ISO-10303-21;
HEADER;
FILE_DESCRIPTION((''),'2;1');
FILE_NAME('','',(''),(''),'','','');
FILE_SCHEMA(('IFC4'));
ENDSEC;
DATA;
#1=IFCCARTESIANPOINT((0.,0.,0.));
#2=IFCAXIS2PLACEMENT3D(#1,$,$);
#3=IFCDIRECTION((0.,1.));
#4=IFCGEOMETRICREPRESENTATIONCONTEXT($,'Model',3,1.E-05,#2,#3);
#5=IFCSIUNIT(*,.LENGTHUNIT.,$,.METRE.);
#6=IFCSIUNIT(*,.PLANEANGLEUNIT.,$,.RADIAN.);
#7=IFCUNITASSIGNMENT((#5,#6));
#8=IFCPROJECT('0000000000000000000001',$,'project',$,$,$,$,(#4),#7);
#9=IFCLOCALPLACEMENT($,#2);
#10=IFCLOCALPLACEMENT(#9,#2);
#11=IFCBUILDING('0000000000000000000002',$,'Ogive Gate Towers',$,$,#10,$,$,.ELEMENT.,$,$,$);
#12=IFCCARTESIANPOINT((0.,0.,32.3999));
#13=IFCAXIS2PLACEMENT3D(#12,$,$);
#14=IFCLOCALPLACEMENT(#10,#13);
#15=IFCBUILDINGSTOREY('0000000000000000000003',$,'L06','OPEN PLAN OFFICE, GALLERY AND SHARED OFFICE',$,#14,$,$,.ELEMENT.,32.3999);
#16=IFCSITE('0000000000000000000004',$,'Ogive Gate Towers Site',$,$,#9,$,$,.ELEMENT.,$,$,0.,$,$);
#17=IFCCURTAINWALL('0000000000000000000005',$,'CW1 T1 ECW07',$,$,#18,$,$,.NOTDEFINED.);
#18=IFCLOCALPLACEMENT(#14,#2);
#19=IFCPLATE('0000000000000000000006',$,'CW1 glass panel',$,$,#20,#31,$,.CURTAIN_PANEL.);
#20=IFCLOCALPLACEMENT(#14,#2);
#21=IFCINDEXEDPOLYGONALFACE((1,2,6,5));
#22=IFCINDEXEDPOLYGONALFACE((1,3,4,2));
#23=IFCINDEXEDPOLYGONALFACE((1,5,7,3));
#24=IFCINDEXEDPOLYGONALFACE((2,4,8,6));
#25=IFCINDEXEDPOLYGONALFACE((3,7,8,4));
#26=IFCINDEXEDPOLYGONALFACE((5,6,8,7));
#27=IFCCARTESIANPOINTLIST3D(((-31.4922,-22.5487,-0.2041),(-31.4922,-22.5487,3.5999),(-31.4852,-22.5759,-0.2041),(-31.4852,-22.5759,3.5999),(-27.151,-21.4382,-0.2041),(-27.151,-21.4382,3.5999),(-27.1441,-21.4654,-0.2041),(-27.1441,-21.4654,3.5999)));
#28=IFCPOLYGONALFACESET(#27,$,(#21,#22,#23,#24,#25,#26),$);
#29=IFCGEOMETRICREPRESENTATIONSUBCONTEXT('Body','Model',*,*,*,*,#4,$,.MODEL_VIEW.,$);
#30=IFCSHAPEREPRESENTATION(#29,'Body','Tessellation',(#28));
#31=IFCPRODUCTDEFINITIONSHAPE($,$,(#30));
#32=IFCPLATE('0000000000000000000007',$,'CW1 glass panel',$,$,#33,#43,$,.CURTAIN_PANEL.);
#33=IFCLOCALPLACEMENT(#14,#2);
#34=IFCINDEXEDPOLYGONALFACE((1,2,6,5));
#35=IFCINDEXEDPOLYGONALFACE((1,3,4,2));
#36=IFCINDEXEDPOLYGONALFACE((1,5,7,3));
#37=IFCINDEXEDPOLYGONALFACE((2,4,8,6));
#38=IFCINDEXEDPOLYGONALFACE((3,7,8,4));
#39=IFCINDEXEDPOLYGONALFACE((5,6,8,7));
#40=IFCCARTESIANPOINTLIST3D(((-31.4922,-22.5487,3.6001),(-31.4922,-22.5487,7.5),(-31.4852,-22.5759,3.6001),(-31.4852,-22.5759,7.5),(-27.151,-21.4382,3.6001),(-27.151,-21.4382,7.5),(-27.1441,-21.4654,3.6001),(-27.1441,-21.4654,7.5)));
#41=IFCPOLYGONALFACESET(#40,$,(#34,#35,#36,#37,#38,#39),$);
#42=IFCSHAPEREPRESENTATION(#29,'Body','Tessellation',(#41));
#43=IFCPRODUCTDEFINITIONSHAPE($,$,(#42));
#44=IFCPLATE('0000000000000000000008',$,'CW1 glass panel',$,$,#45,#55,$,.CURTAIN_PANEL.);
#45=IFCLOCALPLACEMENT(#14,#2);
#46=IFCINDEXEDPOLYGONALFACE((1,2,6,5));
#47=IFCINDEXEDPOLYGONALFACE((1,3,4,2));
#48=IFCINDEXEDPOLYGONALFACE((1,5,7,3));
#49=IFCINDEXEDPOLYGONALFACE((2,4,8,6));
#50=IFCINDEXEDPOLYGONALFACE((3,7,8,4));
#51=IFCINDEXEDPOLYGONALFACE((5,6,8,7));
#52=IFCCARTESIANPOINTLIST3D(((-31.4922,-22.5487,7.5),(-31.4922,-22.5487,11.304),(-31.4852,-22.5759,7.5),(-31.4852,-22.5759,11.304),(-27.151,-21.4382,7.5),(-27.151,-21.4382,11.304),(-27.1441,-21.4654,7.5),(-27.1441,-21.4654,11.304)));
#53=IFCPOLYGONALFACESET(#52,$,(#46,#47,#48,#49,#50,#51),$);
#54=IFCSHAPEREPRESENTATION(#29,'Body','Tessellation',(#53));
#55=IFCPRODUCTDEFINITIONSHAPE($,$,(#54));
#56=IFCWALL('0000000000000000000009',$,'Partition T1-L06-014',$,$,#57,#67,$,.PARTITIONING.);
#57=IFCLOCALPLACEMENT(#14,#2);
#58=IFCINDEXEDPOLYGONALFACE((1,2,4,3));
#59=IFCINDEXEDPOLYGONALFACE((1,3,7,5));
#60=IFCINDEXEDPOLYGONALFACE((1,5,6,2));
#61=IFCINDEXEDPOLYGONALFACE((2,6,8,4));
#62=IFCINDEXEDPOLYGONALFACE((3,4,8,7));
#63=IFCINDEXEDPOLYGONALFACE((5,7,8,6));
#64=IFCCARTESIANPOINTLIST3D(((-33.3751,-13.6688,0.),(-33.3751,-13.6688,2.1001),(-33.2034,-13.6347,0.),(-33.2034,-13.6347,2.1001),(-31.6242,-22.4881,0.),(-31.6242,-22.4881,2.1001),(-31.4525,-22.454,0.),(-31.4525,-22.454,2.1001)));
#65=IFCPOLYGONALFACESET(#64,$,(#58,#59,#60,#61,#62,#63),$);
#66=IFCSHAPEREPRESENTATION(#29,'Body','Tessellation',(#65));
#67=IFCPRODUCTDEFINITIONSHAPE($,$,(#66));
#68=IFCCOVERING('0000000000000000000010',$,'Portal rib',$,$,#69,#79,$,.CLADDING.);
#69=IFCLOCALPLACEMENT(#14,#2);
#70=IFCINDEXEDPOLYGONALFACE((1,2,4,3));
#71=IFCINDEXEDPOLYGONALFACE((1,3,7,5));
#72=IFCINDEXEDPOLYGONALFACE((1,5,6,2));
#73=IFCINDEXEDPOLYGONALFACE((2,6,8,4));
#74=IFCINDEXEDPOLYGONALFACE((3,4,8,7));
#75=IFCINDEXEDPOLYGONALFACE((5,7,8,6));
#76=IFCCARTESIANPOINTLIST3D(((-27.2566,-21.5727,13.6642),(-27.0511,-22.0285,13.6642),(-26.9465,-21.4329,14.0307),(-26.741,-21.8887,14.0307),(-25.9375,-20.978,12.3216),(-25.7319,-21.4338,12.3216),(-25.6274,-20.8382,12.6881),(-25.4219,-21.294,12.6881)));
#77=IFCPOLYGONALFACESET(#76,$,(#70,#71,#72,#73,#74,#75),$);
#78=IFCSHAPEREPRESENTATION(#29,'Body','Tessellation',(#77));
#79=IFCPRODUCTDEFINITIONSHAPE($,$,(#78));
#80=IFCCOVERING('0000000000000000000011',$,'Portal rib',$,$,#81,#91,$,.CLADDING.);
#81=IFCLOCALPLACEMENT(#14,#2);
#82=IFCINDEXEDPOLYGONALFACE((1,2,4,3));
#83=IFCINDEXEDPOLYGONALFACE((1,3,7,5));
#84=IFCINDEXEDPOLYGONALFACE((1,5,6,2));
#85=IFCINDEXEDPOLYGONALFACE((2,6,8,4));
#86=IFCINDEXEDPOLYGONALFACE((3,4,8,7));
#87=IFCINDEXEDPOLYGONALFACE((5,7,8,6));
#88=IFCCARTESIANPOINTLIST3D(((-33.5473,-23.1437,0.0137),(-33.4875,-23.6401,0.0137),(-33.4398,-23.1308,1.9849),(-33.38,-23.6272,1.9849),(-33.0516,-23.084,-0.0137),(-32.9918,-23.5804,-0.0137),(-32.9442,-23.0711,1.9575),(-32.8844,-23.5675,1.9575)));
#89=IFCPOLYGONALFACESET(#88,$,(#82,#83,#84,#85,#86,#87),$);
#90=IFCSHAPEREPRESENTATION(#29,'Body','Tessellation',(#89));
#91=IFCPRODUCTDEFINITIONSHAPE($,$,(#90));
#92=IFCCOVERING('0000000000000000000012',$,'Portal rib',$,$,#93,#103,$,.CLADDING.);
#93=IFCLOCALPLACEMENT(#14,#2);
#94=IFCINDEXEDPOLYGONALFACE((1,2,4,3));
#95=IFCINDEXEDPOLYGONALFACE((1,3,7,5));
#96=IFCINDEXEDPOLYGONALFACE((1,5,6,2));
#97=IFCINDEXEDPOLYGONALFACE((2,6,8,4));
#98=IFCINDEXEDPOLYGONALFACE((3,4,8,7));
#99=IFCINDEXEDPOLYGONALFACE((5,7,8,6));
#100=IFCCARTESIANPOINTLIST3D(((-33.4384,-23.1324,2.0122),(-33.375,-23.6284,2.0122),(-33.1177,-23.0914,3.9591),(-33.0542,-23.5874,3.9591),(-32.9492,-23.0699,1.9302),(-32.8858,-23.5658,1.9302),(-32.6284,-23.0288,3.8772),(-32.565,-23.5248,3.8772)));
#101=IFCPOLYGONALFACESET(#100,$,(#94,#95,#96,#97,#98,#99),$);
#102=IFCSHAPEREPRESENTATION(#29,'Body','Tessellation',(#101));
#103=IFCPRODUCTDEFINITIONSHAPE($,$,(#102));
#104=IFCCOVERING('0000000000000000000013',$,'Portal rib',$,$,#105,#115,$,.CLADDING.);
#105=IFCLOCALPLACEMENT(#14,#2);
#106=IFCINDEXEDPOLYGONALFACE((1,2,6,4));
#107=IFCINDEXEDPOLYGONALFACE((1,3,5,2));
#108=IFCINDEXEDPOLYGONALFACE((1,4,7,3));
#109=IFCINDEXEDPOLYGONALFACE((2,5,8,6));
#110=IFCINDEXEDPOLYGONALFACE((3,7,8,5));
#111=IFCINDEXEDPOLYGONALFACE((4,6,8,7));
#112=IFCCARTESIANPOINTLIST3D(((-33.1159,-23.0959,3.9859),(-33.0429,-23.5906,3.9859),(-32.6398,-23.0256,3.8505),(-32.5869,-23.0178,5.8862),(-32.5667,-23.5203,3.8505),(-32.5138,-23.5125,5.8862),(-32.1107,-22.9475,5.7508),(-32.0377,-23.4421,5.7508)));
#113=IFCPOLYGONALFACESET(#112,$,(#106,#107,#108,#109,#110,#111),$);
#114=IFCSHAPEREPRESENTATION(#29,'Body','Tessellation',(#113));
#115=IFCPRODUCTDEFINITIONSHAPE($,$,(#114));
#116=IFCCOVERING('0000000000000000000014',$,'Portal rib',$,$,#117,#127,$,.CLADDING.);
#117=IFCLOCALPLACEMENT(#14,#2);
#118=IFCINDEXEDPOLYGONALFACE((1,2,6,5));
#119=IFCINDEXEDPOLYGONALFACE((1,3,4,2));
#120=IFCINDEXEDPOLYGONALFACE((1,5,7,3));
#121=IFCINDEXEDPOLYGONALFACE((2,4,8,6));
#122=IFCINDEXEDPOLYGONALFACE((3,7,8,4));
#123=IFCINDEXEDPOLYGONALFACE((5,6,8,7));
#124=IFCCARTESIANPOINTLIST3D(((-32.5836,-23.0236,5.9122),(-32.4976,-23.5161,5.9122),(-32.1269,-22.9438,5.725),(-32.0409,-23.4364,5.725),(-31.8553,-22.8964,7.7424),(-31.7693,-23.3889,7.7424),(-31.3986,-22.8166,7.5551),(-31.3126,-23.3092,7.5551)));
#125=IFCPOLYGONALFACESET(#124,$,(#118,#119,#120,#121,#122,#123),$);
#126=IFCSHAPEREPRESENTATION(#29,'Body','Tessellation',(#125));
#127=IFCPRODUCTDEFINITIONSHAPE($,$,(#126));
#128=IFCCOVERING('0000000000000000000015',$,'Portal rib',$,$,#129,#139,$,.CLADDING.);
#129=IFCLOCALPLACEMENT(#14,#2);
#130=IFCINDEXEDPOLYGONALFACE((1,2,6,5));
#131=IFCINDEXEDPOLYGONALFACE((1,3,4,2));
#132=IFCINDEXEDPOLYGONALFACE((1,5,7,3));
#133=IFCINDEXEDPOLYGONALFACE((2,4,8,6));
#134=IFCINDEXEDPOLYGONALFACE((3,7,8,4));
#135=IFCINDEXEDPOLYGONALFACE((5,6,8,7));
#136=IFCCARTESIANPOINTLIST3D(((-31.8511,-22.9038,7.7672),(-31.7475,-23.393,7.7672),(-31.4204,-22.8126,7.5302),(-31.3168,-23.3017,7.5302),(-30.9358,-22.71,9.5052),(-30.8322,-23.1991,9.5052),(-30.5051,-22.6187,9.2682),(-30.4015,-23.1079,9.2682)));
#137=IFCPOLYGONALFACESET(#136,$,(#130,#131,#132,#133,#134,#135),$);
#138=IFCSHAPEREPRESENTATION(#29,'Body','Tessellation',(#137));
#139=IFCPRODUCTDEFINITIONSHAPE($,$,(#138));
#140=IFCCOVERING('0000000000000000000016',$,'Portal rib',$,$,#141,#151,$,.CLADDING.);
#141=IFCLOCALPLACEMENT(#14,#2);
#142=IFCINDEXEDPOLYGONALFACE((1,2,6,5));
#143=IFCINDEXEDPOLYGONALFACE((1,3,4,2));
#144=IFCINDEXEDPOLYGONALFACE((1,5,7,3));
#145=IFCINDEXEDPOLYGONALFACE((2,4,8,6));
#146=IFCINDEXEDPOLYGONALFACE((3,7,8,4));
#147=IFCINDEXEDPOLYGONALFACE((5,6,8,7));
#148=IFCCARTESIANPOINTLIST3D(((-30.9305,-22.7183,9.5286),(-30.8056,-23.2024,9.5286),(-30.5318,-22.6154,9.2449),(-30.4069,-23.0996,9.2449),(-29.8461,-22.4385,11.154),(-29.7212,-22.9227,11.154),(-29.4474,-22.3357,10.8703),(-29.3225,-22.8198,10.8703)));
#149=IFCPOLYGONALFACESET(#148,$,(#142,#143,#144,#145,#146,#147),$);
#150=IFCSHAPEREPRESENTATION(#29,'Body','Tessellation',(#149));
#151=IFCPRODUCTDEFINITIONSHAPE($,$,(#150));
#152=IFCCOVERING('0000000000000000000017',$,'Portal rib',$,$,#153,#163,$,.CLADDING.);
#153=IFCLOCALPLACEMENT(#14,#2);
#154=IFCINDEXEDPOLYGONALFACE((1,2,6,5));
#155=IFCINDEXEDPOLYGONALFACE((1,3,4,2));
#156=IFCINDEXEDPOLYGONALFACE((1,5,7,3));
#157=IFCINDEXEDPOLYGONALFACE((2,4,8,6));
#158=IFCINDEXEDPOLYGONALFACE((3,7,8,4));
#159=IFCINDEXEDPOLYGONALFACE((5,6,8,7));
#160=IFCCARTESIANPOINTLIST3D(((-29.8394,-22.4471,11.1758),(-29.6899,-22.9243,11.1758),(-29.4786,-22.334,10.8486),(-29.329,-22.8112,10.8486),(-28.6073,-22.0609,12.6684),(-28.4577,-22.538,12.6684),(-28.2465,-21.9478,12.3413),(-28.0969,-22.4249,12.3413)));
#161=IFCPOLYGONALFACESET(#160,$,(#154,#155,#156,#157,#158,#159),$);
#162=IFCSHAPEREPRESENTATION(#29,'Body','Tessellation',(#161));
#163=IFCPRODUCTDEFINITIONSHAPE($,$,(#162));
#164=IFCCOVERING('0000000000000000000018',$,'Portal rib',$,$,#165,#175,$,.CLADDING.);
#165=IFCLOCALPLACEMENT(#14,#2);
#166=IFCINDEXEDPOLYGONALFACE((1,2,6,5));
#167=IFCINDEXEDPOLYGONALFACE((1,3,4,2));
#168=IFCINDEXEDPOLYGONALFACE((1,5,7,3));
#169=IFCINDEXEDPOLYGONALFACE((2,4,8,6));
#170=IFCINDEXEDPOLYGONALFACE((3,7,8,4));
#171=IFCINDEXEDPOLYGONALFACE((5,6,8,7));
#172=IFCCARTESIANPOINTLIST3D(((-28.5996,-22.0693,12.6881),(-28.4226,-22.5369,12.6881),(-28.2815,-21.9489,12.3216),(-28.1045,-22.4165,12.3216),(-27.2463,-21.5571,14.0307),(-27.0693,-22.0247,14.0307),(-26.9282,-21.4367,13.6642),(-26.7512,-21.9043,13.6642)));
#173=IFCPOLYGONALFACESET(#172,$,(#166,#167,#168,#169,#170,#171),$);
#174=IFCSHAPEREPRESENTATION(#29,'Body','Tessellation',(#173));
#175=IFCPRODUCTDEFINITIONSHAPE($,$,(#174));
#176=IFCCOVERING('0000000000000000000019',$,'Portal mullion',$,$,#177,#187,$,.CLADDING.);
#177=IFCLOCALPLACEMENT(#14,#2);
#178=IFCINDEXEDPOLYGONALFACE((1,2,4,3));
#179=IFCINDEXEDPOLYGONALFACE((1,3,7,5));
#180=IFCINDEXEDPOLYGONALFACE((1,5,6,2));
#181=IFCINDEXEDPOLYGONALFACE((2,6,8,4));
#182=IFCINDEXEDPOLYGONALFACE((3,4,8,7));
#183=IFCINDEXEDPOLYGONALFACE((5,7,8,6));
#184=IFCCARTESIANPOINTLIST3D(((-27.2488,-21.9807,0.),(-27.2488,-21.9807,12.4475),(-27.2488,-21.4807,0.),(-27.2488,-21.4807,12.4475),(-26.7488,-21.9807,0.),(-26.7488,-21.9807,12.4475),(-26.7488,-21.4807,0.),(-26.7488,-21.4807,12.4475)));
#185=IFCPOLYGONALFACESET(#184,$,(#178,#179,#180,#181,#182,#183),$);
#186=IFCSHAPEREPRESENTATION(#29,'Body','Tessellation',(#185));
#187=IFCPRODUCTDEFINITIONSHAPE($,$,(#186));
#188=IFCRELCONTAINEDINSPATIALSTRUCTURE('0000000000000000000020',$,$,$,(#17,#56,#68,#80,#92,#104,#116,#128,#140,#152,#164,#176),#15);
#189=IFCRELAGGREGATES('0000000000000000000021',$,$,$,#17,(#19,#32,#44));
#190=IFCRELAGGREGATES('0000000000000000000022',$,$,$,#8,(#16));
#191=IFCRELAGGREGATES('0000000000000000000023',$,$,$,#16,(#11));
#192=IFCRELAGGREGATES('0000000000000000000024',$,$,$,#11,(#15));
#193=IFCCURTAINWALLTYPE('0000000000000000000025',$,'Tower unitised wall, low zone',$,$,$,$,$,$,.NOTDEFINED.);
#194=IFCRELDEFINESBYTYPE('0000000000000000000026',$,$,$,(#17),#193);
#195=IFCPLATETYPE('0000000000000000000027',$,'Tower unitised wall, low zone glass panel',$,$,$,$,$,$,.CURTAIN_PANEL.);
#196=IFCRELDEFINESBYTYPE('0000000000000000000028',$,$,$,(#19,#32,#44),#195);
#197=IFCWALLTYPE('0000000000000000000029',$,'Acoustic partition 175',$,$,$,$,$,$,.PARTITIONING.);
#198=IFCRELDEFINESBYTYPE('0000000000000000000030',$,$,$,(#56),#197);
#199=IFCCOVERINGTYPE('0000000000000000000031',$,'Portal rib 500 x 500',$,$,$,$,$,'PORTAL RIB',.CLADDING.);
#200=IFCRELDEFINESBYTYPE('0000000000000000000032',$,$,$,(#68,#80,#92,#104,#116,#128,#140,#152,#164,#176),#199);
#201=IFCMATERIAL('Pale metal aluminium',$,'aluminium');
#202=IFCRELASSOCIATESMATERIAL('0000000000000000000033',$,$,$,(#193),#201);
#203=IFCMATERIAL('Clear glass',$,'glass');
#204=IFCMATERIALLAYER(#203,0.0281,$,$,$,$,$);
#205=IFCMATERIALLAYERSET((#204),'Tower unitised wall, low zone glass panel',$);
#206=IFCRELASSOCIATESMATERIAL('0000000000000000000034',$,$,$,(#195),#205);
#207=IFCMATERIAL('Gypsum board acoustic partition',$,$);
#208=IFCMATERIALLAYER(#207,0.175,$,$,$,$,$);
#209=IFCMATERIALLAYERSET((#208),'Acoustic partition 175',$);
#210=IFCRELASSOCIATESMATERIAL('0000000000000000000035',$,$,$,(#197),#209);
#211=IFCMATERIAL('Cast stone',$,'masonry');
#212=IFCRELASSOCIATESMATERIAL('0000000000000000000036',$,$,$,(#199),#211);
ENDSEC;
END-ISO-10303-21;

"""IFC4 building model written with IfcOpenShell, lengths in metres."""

from ifc_helpers import new_model, si_unit, direction, frame, frame_2d, origin, origin_2d, place, context, subcontext, project, spatial, rectangle, extrude, material, layer, layer_set, material_profile, profile_set, type_object, element, aggregate, save


model = new_model("IFC4")

# Units and contexts
model_context = context("Model", 3, precision=1e-05, world=origin(), true_north=direction((0.0, 1.0)))
body_context = subcontext(model_context, "Body", "Model", "MODEL_VIEW")
ifc_project = project(units=[si_unit("LENGTHUNIT", "METRE"), si_unit("PLANEANGLEUNIT", "RADIAN")], contexts=[model_context])

# Site, building, storey
site_placement = place(None, origin())
site = spatial("IfcSite", under=ifc_project, at=site_placement, Name="Ogive Gate Towers Site", CompositionType="ELEMENT", RefElevation=0.0)
building_placement = place(site_placement, origin())
building = spatial("IfcBuilding", under=site, at=building_placement, Name="Ogive Gate Towers", CompositionType="ELEMENT")
storey_placement = place(building_placement, frame((0.0, 0.0, 32.3999)))
storey = spatial("IfcBuildingStorey", under=building, at=storey_placement, Name="L06", Description="OPEN PLAN OFFICE, GALLERY AND SHARED OFFICE", CompositionType="ELEMENT", Elevation=32.3999)

# Curtain wall, plates
ifc_material_1 = material(Name="Pale metal aluminium", Category="aluminium")
curtain_wall_type = type_object("IfcCurtainWallType", Name="Tower unitised wall, low zone", PredefinedType="NOTDEFINED", material=ifc_material_1)
curtain_wall_placement = place(storey_placement, origin())
curtain_wall = element("IfcCurtainWall", 1, at=curtain_wall_placement, inside=storey, type_object=curtain_wall_type, Name="CW1 T1 ECW07", PredefinedType="NOTDEFINED")
ifc_material_2 = material(Name="Clear glass", Category="glass")
ifc_layer_1 = layer(ifc_material_2, 0.0281)
ifc_layer_set_1 = layer_set([ifc_layer_1], Name="Tower unitised wall, low zone glass panel")
plate_type = type_object("IfcPlateType", Name="Tower unitised wall, low zone glass panel", PredefinedType="CURTAIN_PANEL", material=ifc_layer_set_1)
plate_1_placement = place(storey_placement, frame((-29.3181, -22.0071, -0.2041), z_axis=(0.0, 0.0, 1.0), x_axis=(0.968804, 0.247828, 0.0)))
plate_1 = element("IfcPlate", 2, at=plate_1_placement, type_object=plate_type, Name="CW1 glass panel", PredefinedType="CURTAIN_PANEL", context=body_context, shape_type="SweptSolid", body=[
    extrude(rectangle(XDim=4.481, YDim=0.0281, at=origin_2d()), origin(), (0.0, 0.0, 1.0), 3.804),
])
plate_2_placement = place(storey_placement, frame((-29.3181, -22.0071, 3.6001), z_axis=(0.0, 0.0, 1.0), x_axis=(0.968804, 0.247828, 0.0)))
plate_2 = element("IfcPlate", 3, at=plate_2_placement, type_object=plate_type, Name="CW1 glass panel", PredefinedType="CURTAIN_PANEL", context=body_context, shape_type="SweptSolid", body=[
    extrude(rectangle(XDim=4.481, YDim=0.0281, at=origin_2d()), origin(), (0.0, 0.0, 1.0), 3.8999),
])
plate_3_placement = place(storey_placement, frame((-29.3181, -22.0071, 7.5), z_axis=(0.0, 0.0, 1.0), x_axis=(0.968804, 0.247828, 0.0)))
plate_3 = element("IfcPlate", 4, at=plate_3_placement, type_object=plate_type, Name="CW1 glass panel", PredefinedType="CURTAIN_PANEL", context=body_context, shape_type="SweptSolid", body=[
    extrude(rectangle(XDim=4.481, YDim=0.0281, at=origin_2d()), origin(), (0.0, 0.0, 1.0), 3.804),
])
aggregate(curtain_wall, [plate_1, plate_2, plate_3])

# Wall
ifc_material_3 = material(Name="Gypsum board acoustic partition")
ifc_layer_2 = layer(ifc_material_3, 0.175)
ifc_layer_set_2 = layer_set([ifc_layer_2], Name="Acoustic partition 175")
wall_type = type_object("IfcWallType", Name="Acoustic partition 175", PredefinedType="PARTITIONING", material=ifc_layer_set_2)
wall_placement = place(storey_placement, frame((-31.5383, -22.4709, 0.0), z_axis=(0.0, 0.0, 1.0), x_axis=(-0.194737, 0.980855, 0.0)))
element("IfcWall", 5, at=wall_placement, inside=storey, type_object=wall_type, Name="Partition T1-L06-014", PredefinedType="PARTITIONING", context=body_context, shape_type="SweptSolid", body=[
    extrude(rectangle(XDim=8.9915, YDim=0.175, at=frame_2d((4.4956, 0.0))), origin(), (0.0, 0.0, 1.0), 2.1001),
])

# Coverings
ifc_material_4 = material(Name="Cast stone", Category="masonry")
ifc_material_profile_1 = material_profile(ifc_material_4, rectangle(XDim=0.5, YDim=0.5, at=origin_2d()), Name="500 x 500 cast stone")
ifc_profile_set_1 = profile_set([ifc_material_profile_1], Name="Cast stone")
covering_type = type_object("IfcCoveringType", Name="Portal rib 500 x 500", ElementType="PORTAL RIB", PredefinedType="CLADDING", material=ifc_profile_set_1)
covering_1_placement = place(storey_placement, frame((-25.6797, -21.136, 12.5049), z_axis=(-0.668283, -0.301303, 0.680157), x_axis=(0.411017, -0.911628, 0.0)))
element("IfcCovering", 6, at=covering_1_placement, inside=storey, type_object=covering_type, Name="Portal rib", PredefinedType="CLADDING", context=body_context, shape_type="SweptSolid", body=[
    extrude(rectangle(XDim=0.5, YDim=0.5, at=origin_2d()), origin(), (0.0, 0.0, 1.0), 1.9739),
])
covering_2_placement = place(storey_placement, frame((-33.2695, -23.3621, 0.0), z_axis=(0.054414, 0.006554, 0.998497), x_axis=(-0.11959, 0.992823, 0.0)))
element("IfcCovering", 7, at=covering_2_placement, inside=storey, type_object=covering_type, Name="Portal rib", PredefinedType="CLADDING", context=body_context, shape_type="SweptSolid", body=[
    extrude(rectangle(XDim=0.5, YDim=0.5, at=origin_2d()), origin(), (0.0, 0.0, 1.0), 1.9741),
])
covering_3_placement = place(storey_placement, frame((-33.1621, -23.3491, 1.9712), z_axis=(0.162538, 0.020781, 0.986483), x_axis=(-0.126822, 0.991926, 0.0)))
element("IfcCovering", 8, at=covering_3_placement, inside=storey, type_object=covering_type, Name="Portal rib", PredefinedType="CLADDING", context=body_context, shape_type="SweptSolid", body=[
    extrude(rectangle(XDim=0.5, YDim=0.5, at=origin_2d()), origin(), (0.0, 0.0, 1.0), 1.9736),
])
covering_4_placement = place(storey_placement, frame((-32.8413, -23.3081, 3.9182), z_axis=(0.267983, 0.039573, 0.962611), x_axis=(-0.146085, 0.989272, 0.0)))
element("IfcCovering", 9, at=covering_4_placement, inside=storey, type_object=covering_type, Name="Portal rib", PredefinedType="CLADDING", context=body_context, shape_type="SweptSolid", body=[
    extrude(rectangle(XDim=0.5, YDim=0.5, at=origin_2d()), origin(), (0.0, 0.0, 1.0), 1.9741),
])
for number, where, z_axis, x_axis, name in (
    (10, (-32.3123, -23.23, 5.8186), (0.368976, 0.064444, 0.927202), (-0.172052, 0.985088, 0.0), "Portal rib"),
    (11, (-31.584, -23.1028, 7.6487), (0.463704, 0.098208, 0.88053), (-0.207194, 0.9783, 0.0), "Portal rib"),
    (12, (-30.6687, -22.9089, 9.3867), (0.549386, 0.141737, 0.82346), (-0.249812, 0.968294, 0.0), "Portal rib"),
):
    element("IfcCovering", number, at=place(storey_placement, frame(where, z_axis=z_axis, x_axis=x_axis)), inside=storey, type_object=covering_type, Name=name, PredefinedType="CLADDING", context=body_context, shape_type="SweptSolid", body=[
        extrude(rectangle(XDim=0.5, YDim=0.5, at=origin_2d()), origin(), (0.0, 0.0, 1.0), 1.9739),
    ])
covering_5_placement = place(storey_placement, frame((-29.5842, -22.6292, 11.0122), z_axis=(0.624296, 0.195688, 0.756281), x_axis=(-0.299104, 0.954221, 0.0)))
element("IfcCovering", 13, at=covering_5_placement, inside=storey, type_object=covering_type, Name="Portal rib", PredefinedType="CLADDING", context=body_context, shape_type="SweptSolid", body=[
    extrude(rectangle(XDim=0.5, YDim=0.5, at=origin_2d()), origin(), (0.0, 0.0, 1.0), 1.9736),
])
covering_6_placement = place(storey_placement, frame((-28.3521, -22.2429, 12.5049), z_axis=(0.6856, 0.259496, 0.680158), x_axis=(-0.353988, 0.93525, 0.0)))
element("IfcCovering", 14, at=covering_6_placement, inside=storey, type_object=covering_type, Name="Portal rib", PredefinedType="CLADDING", context=body_context, shape_type="SweptSolid", body=[
    extrude(rectangle(XDim=0.5, YDim=0.5, at=origin_2d()), origin(), (0.0, 0.0, 1.0), 1.9739),
])
covering_7_placement = place(storey_placement, frame((-26.9988, -21.7307, 0.0), z_axis=(0.0, 0.0, 1.0), x_axis=(1.0, 0.0, 0.0)))
element("IfcCovering", 15, at=covering_7_placement, inside=storey, type_object=covering_type, Name="Portal mullion", PredefinedType="CLADDING", context=body_context, shape_type="SweptSolid", body=[
    extrude(rectangle(XDim=0.5, YDim=0.5, at=origin_2d()), origin(), (0.0, 0.0, 1.0), 12.4475),
])

save(model, "model.ifc")
